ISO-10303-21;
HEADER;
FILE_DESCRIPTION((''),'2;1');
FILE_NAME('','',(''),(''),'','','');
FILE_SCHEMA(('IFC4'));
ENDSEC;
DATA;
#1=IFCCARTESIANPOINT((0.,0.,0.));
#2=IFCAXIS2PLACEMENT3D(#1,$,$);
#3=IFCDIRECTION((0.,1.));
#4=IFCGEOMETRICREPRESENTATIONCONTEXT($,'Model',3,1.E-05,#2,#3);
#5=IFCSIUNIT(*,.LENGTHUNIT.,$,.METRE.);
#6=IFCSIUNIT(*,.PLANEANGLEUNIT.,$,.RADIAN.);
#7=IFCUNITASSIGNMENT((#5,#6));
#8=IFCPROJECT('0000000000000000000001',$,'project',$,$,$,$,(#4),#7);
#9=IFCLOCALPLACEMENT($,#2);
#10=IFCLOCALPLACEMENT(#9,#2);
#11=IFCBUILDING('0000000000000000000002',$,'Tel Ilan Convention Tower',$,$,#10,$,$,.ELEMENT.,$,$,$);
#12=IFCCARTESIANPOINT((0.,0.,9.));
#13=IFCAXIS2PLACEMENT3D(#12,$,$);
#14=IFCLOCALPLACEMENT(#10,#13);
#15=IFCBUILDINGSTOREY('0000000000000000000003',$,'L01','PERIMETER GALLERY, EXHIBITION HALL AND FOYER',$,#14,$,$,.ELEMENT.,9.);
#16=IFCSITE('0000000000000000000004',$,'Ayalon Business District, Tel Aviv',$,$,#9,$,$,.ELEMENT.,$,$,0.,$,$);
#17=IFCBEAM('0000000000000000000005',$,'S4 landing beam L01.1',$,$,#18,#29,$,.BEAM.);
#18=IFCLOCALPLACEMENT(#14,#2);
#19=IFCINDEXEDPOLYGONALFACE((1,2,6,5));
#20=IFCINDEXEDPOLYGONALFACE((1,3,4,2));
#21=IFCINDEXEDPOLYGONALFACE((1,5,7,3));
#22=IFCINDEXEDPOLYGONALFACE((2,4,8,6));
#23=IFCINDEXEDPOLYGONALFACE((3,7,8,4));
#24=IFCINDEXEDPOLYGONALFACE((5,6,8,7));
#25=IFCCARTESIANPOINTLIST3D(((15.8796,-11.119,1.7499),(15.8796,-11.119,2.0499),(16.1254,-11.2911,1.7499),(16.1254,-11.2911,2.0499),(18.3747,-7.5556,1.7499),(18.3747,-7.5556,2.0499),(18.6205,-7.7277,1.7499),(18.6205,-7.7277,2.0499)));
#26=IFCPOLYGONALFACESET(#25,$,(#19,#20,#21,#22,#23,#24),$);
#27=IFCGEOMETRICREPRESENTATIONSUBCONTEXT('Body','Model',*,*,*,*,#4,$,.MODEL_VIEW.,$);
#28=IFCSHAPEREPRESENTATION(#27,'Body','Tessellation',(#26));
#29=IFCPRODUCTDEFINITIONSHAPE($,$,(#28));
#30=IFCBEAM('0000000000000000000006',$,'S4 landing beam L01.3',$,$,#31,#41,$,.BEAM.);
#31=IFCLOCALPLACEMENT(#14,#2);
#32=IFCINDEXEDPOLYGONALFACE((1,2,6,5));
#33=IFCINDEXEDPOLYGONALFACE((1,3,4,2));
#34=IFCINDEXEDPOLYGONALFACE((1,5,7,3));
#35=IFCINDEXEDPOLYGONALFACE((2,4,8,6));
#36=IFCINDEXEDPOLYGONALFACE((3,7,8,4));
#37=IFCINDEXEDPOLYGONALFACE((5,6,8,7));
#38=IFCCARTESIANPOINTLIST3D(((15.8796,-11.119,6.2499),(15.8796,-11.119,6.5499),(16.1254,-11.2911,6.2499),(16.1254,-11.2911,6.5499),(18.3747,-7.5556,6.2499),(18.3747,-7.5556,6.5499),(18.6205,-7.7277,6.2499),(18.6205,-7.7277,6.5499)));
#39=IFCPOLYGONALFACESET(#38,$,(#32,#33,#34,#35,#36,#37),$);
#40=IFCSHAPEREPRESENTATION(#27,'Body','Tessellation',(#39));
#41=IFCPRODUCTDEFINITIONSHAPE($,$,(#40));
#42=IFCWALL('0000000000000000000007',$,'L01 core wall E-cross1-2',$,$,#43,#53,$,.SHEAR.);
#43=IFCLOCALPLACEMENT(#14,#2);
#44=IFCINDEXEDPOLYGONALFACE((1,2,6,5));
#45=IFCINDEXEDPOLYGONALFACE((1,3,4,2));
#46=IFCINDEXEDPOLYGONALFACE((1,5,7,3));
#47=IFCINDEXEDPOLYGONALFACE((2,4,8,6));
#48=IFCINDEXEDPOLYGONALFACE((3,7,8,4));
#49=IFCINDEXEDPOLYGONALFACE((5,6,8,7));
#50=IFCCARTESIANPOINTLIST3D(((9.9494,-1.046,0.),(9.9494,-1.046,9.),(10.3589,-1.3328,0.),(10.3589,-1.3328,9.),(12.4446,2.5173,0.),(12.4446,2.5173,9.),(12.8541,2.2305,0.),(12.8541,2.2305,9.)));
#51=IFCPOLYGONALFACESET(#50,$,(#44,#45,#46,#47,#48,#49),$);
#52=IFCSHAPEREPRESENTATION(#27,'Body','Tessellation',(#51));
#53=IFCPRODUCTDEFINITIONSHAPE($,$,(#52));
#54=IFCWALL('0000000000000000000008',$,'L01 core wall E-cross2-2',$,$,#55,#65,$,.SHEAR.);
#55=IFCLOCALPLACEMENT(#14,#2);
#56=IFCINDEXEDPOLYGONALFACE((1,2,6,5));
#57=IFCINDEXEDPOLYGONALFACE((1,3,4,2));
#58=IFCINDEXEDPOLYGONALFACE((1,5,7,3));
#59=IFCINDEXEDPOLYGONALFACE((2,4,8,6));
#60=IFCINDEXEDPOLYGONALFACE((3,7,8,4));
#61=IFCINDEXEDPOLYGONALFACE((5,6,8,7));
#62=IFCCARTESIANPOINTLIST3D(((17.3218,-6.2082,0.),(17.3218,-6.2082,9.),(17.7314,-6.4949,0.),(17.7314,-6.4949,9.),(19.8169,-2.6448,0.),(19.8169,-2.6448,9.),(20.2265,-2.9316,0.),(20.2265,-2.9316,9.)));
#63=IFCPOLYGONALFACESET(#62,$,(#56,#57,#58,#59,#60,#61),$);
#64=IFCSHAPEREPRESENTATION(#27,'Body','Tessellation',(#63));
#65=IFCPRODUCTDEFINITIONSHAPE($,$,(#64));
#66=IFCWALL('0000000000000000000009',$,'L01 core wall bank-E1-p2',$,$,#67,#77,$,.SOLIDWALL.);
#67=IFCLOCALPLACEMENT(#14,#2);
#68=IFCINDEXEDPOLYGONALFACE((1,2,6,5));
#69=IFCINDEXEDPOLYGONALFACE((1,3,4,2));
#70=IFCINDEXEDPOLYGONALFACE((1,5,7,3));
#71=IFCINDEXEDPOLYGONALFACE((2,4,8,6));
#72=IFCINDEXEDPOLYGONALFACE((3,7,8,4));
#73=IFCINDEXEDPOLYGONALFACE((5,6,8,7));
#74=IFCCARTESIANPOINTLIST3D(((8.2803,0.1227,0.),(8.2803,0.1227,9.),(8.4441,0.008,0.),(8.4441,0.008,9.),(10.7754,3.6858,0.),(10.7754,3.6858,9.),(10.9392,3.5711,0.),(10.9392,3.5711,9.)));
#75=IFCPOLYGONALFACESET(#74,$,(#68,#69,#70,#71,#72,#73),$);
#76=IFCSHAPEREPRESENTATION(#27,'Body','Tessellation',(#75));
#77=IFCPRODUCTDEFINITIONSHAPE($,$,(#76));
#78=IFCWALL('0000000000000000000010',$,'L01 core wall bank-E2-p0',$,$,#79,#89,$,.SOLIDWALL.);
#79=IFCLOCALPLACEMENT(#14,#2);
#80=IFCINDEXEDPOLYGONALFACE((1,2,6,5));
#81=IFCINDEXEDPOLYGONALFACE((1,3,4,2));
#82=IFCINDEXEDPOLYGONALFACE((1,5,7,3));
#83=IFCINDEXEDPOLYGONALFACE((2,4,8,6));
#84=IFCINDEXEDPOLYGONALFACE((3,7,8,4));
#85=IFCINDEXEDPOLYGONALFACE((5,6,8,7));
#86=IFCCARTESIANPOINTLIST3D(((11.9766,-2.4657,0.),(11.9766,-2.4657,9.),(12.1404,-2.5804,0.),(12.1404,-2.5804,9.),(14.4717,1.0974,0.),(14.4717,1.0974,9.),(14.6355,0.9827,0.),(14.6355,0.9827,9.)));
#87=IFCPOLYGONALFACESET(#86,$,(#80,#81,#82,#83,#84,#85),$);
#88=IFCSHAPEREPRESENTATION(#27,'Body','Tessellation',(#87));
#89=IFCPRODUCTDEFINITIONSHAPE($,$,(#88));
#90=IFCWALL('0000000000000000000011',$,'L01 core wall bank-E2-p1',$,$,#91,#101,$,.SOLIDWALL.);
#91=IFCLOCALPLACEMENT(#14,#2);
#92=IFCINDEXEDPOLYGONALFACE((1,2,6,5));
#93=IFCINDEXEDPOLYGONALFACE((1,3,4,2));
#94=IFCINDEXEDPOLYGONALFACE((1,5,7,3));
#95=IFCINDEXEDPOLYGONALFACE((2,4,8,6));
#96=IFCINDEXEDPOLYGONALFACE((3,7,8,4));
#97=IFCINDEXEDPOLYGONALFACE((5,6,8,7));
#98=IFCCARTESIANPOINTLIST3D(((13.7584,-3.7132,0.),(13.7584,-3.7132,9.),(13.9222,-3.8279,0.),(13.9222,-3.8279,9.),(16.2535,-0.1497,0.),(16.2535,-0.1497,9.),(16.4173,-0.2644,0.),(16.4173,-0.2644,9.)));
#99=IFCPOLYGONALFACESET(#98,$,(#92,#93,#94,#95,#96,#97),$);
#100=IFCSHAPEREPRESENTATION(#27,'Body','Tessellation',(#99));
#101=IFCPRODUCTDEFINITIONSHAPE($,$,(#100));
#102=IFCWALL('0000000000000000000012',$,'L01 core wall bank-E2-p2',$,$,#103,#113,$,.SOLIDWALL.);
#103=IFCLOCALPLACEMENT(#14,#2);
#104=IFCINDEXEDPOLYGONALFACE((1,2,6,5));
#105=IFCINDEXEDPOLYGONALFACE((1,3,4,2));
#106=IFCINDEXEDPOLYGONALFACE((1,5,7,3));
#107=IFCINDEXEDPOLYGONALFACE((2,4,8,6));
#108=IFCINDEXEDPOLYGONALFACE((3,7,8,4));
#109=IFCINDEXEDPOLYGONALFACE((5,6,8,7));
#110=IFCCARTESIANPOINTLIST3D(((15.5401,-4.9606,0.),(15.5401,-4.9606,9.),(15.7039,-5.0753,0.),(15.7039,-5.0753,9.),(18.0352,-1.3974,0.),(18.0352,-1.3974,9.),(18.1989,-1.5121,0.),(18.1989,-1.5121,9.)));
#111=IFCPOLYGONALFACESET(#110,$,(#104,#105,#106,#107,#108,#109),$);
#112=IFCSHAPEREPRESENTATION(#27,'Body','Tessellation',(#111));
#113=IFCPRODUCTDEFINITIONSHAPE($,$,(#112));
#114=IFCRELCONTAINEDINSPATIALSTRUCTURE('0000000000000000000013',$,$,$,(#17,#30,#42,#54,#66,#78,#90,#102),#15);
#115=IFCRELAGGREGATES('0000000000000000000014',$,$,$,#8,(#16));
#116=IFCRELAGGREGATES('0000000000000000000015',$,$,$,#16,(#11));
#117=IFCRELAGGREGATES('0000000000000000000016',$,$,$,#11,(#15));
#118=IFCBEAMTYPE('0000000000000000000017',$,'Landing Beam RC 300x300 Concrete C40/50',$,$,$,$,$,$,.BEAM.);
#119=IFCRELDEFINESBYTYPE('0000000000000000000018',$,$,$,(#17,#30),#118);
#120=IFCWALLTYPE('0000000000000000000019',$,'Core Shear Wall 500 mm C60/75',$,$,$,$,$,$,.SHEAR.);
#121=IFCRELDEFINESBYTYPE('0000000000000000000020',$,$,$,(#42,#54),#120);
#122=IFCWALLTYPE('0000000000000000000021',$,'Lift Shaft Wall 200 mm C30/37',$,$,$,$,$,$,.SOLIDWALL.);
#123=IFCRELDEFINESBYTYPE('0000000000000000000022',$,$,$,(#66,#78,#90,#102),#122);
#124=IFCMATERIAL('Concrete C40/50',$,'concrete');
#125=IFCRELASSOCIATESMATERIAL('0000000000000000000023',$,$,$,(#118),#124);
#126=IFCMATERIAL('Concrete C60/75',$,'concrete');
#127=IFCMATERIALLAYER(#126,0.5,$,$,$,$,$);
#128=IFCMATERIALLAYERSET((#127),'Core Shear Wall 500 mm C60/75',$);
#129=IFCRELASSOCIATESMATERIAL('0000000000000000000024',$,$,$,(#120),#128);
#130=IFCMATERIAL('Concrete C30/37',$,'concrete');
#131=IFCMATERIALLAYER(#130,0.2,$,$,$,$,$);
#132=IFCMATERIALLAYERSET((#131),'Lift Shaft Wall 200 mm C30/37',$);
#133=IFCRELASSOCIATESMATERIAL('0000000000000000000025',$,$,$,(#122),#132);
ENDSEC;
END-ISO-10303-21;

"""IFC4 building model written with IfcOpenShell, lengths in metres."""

from ifc_helpers import new_model, si_unit, direction, frame, frame_2d, origin, origin_2d, place, context, subcontext, project, spatial, polyline, rectangle, outline, extrude, material, layer, layer_set, material_profile, profile_set, type_object, element, save


model = new_model("IFC4")

# Units and contexts
model_context = context("Model", 3, precision=1e-05, world=origin(), true_north=direction((0.0, 1.0)))
body_context = subcontext(model_context, "Body", "Model", "MODEL_VIEW")
ifc_project = project(units=[si_unit("LENGTHUNIT", "METRE"), si_unit("PLANEANGLEUNIT", "RADIAN")], contexts=[model_context])

# Site, building, storey
site_placement = place(None, origin())
site = spatial("IfcSite", under=ifc_project, at=site_placement, Name="Ayalon Business District, Tel Aviv", CompositionType="ELEMENT", RefElevation=0.0)
building_placement = place(site_placement, origin())
building = spatial("IfcBuilding", under=site, at=building_placement, Name="Tel Ilan Convention Tower", CompositionType="ELEMENT")
storey_placement = place(building_placement, frame((0.0, 0.0, 9.0)))
storey = spatial("IfcBuildingStorey", under=building, at=storey_placement, Name="L01", Description="PERIMETER GALLERY, EXHIBITION HALL AND FOYER", CompositionType="ELEMENT", Elevation=9.0)

# Beams
ifc_material_1 = material(Name="Concrete C40/50", Category="concrete")
ifc_material_profile = material_profile(ifc_material_1, rectangle(XDim=0.3, YDim=0.3, at=origin_2d()), Name="RC 300x300")
ifc_profile_set = profile_set([ifc_material_profile], Name="Concrete C40/50")
beam_type = type_object("IfcBeamType", Name="Landing Beam RC 300x300 Concrete C40/50", PredefinedType="BEAM", material=ifc_profile_set)
for number, where, z_axis, x_axis, name in (
    (1, (18.4976, -7.6416, 1.8999), (-0.573568, -0.819158, 0.0), (0.819158, -0.573568, 0.0), "S4 landing beam L01.1"),
    (2, (18.4976, -7.6416, 6.3999), (-0.573568, -0.819158, 0.0), (0.819158, -0.573568, 0.0), "S4 landing beam L01.3"),
):
    element("IfcBeam", number, at=place(storey_placement, frame(where, z_axis=z_axis, x_axis=x_axis)), inside=storey, type_object=beam_type, Name=name, PredefinedType="BEAM", context=body_context, shape_type="SweptSolid", body=[
        extrude(rectangle(XDim=0.3, YDim=0.3, at=origin_2d()), origin(), (0.0, 0.0, 1.0), 4.3501),
    ])

# Walls
ifc_material_2 = material(Name="Concrete C60/75", Category="concrete")
ifc_layer_1 = layer(ifc_material_2, 0.5)
ifc_layer_set_1 = layer_set([ifc_layer_1], Name="Core Shear Wall 500 mm C60/75")
wall_type_1 = type_object("IfcWallType", Name="Core Shear Wall 500 mm C60/75", PredefinedType="SHEAR", material=ifc_layer_set_1)
wall_1_placement = place(storey_placement, frame((10.1543, -1.1892, 0.0), z_axis=(0.0, 0.0, 1.0), x_axis=(0.573594, 0.81914, 0.0)))
element("IfcWall", 3, at=wall_1_placement, inside=storey, type_object=wall_type_1, Name="L01 core wall E-cross1-2", PredefinedType="SHEAR", context=body_context, shape_type="SweptSolid", body=[
    extrude(outline(polyline([(4.3499, -0.25), (4.3499, 0.25), (-0.0002, 0.25), (-0.0002, -0.25), (4.3499, -0.25)])), origin(), (0.0, 0.0, 1.0), 9.0),
])
wall_2_placement = place(storey_placement, frame((17.5266, -6.3516, 0.0), z_axis=(0.0, 0.0, 1.0), x_axis=(0.57353, 0.819184, 0.0)))
element("IfcWall", 4, at=wall_2_placement, inside=storey, type_object=wall_type_1, Name="L01 core wall E-cross2-2", PredefinedType="SHEAR", context=body_context, shape_type="SweptSolid", body=[
    extrude(outline(polyline([(4.3501, -0.2502), (4.3501, 0.2498), (0.0, 0.25), (0.0, -0.25), (4.3501, -0.2502)])), origin(), (0.0, 0.0, 1.0), 9.0),
])
ifc_material_3 = material(Name="Concrete C30/37", Category="concrete")
ifc_layer_2 = layer(ifc_material_3, 0.2)
ifc_layer_set_2 = layer_set([ifc_layer_2], Name="Lift Shaft Wall 200 mm C30/37")
wall_type_2 = type_object("IfcWallType", Name="Lift Shaft Wall 200 mm C30/37", PredefinedType="SOLIDWALL", material=ifc_layer_set_2)
for number, where, z_axis, x_axis, name in (
    (5, (8.3623, 0.0654, 0.0), (0.0, 0.0, 1.0), (0.573594, 0.81914, 0.0), "L01 core wall bank-E1-p2"),
    (6, (12.0586, -2.5229, 0.0), (0.0, 0.0, 1.0), (0.573594, 0.81914, 0.0), "L01 core wall bank-E2-p0"),
):
    element("IfcWall", number, at=place(storey_placement, frame(where, z_axis=z_axis, x_axis=x_axis)), inside=storey, type_object=wall_type_2, Name=name, PredefinedType="SOLIDWALL", context=body_context, shape_type="SweptSolid", body=[
        extrude(rectangle(XDim=4.3499, YDim=0.2, at=frame_2d((2.1748, 0.0))), origin(), (0.0, 0.0, 1.0), 9.0),
    ])
wall_3_placement = place(storey_placement, frame((13.8403, -3.7705, 0.0), z_axis=(0.0, 0.0, 1.0), x_axis=(0.573568, 0.819158, 0.0)))
element("IfcWall", 7, at=wall_3_placement, inside=storey, type_object=wall_type_2, Name="L01 core wall bank-E2-p1", PredefinedType="SOLIDWALL", context=body_context, shape_type="SweptSolid", body=[
    extrude(rectangle(XDim=4.3501, YDim=0.2, at=frame_2d((2.175, 0.0))), origin(), (0.0, 0.0, 1.0), 9.0),
])
wall_4_placement = place(storey_placement, frame((15.6221, -5.0178, 0.0), z_axis=(0.0, 0.0, 1.0), x_axis=(0.573594, 0.81914, 0.0)))
element("IfcWall", 8, at=wall_4_placement, inside=storey, type_object=wall_type_2, Name="L01 core wall bank-E2-p2", PredefinedType="SOLIDWALL", context=body_context, shape_type="SweptSolid", body=[
    extrude(rectangle(XDim=4.3499, YDim=0.2, at=frame_2d((2.1748, 0.0))), origin(), (0.0, 0.0, 1.0), 9.0),
])

save(model, "model.ifc")
